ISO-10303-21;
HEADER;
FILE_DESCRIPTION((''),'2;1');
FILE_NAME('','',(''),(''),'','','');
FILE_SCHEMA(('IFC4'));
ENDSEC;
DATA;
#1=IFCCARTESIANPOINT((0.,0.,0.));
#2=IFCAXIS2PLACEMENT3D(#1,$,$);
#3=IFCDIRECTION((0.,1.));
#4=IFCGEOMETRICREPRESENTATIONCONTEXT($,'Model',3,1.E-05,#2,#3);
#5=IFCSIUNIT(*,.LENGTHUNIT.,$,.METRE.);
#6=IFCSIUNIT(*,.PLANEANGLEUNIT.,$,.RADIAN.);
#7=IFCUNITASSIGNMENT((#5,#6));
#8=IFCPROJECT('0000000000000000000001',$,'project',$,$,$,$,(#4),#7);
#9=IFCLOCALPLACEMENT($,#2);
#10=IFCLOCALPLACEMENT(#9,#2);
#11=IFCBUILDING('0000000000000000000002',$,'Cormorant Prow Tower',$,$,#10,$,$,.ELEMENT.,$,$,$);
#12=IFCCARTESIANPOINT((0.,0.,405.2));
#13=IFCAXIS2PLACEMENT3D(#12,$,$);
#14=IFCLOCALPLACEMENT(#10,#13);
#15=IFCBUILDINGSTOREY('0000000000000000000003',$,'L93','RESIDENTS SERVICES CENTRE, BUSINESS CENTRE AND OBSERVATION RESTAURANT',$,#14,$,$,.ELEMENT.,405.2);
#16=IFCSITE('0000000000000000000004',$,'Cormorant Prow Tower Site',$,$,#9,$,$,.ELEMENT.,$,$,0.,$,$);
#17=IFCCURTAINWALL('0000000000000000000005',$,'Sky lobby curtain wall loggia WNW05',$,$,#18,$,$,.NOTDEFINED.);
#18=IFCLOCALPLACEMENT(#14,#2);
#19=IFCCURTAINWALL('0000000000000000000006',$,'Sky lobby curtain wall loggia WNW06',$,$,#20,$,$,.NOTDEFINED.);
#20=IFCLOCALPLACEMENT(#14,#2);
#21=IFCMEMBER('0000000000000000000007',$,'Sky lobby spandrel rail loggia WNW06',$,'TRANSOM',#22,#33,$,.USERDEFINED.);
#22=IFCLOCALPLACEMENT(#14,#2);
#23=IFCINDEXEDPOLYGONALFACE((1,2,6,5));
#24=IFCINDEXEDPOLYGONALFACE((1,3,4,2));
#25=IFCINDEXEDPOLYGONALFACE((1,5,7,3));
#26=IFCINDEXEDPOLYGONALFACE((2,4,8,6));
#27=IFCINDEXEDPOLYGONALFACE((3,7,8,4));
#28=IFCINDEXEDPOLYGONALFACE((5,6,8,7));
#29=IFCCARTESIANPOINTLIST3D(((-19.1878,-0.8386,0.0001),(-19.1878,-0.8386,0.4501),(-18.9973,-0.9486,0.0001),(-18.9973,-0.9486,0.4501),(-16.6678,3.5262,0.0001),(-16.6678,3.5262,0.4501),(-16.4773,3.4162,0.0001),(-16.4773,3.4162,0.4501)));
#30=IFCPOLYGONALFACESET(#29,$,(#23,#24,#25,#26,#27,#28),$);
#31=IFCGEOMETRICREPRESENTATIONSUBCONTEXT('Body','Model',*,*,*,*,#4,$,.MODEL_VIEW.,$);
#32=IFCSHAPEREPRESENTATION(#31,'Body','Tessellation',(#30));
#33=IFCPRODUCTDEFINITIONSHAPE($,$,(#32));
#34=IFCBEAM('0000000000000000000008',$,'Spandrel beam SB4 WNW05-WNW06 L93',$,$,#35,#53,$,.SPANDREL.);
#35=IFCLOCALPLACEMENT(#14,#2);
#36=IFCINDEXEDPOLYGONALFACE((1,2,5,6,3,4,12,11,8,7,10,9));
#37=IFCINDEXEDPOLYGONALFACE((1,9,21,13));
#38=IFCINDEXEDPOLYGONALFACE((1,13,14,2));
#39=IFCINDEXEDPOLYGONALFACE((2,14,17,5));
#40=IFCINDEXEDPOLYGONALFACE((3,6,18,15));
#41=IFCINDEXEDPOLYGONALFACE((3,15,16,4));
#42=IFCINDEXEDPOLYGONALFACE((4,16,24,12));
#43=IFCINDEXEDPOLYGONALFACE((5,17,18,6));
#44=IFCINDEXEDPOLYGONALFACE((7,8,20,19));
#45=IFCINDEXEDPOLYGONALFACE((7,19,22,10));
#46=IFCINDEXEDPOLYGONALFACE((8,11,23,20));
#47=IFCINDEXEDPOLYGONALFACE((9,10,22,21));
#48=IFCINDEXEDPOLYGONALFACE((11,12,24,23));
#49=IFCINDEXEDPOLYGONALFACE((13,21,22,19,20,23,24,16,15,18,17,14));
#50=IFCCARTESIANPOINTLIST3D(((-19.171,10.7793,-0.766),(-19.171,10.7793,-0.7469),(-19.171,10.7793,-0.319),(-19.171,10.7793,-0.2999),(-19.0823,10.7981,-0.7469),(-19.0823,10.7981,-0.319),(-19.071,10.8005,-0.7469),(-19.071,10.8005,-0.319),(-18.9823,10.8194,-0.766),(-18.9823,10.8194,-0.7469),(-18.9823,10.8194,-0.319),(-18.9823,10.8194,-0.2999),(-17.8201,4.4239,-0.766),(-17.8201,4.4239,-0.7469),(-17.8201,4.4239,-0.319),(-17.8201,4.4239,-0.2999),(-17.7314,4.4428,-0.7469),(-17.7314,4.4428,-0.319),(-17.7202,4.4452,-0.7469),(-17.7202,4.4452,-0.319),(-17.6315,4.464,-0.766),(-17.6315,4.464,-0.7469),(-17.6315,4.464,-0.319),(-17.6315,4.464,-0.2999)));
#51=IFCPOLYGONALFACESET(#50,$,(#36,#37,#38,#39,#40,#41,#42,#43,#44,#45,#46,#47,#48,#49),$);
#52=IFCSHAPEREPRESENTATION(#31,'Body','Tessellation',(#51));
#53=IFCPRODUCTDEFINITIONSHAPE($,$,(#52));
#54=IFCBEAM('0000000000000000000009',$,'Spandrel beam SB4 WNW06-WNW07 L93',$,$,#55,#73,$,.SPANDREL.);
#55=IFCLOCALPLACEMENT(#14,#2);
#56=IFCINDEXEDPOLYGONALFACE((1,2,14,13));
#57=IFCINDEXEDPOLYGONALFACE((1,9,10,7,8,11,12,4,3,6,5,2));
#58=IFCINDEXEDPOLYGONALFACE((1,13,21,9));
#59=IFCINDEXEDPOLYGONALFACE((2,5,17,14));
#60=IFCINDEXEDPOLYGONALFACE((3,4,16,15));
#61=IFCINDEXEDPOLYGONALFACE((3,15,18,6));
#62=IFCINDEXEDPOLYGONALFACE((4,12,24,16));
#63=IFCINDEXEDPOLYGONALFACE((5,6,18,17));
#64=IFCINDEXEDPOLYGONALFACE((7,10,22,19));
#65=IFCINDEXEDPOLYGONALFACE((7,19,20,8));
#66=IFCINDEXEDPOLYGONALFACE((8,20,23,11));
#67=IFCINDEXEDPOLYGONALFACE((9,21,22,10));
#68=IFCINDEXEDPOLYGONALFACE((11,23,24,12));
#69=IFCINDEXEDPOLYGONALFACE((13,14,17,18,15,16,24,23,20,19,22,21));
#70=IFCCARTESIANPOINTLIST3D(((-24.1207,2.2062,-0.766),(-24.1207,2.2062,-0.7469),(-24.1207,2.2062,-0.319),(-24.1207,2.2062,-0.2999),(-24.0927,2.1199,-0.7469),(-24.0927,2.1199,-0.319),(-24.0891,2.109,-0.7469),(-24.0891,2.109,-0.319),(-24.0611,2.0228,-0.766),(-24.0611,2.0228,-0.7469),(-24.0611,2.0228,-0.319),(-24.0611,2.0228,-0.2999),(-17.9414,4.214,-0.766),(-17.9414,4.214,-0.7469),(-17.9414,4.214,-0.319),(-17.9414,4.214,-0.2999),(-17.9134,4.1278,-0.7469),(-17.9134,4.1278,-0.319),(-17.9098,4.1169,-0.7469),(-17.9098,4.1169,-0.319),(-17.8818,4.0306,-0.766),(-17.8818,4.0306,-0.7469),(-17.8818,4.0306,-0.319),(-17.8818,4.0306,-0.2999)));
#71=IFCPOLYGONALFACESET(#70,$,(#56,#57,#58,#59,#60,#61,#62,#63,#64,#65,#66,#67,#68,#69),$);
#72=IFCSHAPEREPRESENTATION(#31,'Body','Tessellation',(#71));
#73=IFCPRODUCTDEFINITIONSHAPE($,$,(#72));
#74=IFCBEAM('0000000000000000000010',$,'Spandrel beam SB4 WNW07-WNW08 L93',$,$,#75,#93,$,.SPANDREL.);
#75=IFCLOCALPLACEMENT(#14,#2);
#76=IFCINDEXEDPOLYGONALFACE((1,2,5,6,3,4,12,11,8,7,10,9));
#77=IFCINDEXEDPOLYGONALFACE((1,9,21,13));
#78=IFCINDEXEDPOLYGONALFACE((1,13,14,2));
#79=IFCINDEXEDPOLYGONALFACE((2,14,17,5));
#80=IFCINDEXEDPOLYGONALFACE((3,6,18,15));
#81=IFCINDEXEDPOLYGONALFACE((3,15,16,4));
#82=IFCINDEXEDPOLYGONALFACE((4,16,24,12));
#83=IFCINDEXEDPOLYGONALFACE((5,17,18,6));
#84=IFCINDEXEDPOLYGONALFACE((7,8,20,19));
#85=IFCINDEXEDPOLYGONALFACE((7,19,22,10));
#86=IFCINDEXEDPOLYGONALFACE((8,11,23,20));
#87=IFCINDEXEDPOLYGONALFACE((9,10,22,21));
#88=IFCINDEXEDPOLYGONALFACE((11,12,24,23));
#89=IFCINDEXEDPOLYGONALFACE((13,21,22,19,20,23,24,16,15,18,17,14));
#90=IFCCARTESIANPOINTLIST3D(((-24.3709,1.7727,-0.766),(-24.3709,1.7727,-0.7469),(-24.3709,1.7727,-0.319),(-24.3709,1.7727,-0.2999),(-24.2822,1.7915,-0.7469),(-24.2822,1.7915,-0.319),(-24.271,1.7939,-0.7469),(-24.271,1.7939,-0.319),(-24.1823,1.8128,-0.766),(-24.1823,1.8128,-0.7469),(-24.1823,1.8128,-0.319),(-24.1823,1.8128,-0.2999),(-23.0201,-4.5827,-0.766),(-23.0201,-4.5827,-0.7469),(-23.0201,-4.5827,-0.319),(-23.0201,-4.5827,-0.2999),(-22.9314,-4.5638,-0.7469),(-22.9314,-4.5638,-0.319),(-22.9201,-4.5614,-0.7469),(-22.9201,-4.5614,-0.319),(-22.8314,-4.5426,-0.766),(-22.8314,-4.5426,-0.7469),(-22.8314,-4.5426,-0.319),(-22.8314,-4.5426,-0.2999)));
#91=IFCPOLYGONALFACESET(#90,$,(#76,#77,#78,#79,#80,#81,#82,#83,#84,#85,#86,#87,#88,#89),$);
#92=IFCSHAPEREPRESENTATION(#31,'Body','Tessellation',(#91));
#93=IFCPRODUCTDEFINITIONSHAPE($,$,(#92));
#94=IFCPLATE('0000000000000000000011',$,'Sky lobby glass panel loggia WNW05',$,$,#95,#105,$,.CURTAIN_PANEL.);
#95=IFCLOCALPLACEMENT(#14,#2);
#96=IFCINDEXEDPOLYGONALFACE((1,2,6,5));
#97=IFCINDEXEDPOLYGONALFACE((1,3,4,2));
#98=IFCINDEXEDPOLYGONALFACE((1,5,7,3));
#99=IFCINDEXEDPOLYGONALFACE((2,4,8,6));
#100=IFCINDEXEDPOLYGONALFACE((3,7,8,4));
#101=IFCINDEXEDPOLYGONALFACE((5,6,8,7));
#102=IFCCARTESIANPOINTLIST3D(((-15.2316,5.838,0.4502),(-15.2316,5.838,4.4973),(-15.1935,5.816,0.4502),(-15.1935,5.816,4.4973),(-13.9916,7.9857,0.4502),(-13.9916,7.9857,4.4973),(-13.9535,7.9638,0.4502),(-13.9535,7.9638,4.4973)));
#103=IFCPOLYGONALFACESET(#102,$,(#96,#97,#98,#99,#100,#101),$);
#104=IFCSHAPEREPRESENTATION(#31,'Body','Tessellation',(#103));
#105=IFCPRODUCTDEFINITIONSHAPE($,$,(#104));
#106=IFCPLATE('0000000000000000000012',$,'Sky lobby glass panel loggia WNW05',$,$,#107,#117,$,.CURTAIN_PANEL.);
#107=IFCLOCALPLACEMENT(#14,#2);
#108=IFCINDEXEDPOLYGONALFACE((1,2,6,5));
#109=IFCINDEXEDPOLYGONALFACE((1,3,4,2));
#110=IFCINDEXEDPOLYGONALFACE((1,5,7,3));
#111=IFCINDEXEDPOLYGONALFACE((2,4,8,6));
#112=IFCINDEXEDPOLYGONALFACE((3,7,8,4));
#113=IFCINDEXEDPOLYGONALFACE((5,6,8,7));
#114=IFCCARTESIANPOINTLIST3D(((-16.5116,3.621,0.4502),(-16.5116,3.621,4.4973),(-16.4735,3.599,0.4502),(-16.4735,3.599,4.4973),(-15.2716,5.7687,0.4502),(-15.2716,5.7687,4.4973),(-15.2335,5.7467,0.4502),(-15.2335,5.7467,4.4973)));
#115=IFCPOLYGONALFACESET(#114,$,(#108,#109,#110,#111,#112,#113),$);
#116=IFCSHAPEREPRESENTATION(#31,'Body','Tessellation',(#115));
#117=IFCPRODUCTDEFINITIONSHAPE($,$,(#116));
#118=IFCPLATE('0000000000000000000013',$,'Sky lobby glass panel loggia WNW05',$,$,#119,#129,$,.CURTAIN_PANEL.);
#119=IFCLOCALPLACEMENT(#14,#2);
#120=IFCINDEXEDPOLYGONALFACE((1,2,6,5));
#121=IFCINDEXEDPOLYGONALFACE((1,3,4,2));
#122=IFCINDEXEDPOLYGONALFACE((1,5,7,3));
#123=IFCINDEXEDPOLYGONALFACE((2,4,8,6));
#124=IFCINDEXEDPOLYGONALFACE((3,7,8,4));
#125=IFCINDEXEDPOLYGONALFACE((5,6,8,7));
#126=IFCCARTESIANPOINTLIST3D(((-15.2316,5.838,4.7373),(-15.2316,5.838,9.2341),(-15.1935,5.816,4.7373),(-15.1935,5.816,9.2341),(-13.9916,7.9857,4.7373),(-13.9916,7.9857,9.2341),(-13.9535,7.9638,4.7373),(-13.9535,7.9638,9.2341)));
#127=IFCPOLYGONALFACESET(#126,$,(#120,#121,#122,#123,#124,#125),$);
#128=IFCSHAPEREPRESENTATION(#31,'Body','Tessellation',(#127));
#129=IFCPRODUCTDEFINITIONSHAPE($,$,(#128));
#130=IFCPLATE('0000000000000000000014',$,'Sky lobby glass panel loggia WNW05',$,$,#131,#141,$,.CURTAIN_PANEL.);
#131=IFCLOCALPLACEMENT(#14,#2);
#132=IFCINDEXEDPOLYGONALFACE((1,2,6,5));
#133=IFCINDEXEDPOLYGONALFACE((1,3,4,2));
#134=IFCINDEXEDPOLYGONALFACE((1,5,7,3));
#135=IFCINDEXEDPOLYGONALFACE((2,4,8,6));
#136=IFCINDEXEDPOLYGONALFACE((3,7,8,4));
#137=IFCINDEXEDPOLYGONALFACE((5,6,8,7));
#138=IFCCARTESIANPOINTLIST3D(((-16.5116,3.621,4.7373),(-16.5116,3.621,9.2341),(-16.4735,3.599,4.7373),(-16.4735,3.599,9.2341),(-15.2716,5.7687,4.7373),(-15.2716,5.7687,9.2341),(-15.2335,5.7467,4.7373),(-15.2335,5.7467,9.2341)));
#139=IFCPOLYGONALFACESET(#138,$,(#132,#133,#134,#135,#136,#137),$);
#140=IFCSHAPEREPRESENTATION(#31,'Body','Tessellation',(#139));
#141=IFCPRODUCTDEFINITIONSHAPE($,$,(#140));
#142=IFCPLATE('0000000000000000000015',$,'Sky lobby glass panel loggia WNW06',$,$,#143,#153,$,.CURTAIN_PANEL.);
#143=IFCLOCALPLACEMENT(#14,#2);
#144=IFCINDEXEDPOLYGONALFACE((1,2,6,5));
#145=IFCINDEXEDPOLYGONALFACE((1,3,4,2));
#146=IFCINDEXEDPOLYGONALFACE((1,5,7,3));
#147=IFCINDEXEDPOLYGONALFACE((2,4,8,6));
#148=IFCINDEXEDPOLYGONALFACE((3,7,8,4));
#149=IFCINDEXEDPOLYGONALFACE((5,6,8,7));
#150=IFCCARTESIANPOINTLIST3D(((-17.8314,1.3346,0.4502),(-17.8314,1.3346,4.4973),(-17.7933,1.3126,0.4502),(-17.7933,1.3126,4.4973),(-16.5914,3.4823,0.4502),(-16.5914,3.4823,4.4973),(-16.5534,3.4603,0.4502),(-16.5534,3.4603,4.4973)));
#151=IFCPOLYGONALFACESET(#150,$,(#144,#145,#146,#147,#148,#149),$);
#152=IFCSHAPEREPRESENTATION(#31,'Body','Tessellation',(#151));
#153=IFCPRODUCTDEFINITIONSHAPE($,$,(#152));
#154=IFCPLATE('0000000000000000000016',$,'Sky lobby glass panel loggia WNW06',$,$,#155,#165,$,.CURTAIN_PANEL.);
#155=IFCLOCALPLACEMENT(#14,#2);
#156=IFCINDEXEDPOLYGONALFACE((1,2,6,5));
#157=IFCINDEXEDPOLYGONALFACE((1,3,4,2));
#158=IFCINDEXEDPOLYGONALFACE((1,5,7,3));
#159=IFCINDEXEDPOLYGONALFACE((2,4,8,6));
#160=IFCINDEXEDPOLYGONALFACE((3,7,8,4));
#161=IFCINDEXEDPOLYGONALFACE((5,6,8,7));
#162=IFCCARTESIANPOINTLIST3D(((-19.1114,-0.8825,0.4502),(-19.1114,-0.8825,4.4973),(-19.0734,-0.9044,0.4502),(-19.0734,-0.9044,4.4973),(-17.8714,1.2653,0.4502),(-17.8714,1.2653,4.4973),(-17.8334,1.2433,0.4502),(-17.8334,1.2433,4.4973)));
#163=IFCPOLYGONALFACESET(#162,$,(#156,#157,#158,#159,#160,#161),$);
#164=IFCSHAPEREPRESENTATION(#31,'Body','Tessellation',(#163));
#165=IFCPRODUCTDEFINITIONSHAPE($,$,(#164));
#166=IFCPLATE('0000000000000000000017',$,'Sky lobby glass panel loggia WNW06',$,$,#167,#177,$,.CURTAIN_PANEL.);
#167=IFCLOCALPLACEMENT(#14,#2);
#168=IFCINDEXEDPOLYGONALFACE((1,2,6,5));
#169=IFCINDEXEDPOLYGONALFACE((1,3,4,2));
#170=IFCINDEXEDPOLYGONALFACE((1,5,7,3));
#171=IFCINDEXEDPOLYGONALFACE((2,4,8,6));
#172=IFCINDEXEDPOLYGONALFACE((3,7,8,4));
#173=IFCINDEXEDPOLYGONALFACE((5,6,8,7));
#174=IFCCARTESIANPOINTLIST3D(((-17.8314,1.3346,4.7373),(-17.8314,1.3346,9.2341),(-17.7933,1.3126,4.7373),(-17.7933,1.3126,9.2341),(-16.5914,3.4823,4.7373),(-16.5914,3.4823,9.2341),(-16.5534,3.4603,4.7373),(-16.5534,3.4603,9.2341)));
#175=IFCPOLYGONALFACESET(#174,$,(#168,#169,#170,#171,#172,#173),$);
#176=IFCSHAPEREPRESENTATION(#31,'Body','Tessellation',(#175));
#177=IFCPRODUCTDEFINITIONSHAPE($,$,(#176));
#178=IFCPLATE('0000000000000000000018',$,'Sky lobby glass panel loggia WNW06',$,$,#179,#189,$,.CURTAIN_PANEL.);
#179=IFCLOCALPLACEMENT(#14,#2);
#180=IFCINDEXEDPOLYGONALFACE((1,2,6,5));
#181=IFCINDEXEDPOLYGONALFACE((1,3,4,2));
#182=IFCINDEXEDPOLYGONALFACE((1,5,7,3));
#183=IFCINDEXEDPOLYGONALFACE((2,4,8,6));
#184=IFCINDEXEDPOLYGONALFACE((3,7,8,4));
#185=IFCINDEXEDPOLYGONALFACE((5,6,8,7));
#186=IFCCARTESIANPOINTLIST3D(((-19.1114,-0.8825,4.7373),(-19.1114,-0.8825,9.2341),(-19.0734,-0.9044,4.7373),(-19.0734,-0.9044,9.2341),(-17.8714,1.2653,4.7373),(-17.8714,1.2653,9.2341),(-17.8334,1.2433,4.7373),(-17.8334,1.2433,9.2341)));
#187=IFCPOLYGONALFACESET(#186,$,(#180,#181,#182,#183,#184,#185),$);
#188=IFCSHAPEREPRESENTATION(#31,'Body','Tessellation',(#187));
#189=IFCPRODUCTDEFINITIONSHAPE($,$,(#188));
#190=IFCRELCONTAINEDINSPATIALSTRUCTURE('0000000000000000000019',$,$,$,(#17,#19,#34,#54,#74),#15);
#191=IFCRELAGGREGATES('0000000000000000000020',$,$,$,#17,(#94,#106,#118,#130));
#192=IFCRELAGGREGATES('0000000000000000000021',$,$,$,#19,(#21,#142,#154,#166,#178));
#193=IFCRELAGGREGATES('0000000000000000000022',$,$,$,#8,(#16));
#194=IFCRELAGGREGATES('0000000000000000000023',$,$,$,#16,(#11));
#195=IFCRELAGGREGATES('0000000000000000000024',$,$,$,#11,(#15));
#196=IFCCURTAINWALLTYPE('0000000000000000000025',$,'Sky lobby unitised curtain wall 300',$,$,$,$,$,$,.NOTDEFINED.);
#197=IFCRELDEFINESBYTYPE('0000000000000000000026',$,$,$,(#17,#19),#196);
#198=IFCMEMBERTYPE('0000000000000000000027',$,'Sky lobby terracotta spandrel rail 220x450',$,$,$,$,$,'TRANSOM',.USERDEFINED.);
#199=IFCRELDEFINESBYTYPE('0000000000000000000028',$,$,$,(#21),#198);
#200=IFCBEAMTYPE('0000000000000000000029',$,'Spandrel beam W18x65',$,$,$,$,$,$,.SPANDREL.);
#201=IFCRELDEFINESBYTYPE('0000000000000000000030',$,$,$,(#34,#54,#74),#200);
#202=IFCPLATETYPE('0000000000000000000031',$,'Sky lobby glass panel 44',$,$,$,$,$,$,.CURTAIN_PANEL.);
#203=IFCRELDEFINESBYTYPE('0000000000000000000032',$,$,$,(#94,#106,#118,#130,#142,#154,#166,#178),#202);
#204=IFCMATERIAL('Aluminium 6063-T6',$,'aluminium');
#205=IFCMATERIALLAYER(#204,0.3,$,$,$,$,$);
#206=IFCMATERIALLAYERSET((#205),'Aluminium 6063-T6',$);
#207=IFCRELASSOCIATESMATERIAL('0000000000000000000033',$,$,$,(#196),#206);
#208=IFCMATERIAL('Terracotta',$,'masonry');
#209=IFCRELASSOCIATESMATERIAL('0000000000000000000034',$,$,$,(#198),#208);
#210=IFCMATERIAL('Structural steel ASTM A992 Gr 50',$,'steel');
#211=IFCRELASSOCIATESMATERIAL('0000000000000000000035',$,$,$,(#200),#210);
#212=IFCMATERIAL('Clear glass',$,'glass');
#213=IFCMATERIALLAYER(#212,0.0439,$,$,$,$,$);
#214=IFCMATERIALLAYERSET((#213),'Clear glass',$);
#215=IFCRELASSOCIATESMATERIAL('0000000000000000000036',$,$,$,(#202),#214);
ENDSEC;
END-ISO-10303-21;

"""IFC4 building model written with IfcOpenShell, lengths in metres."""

from ifc_helpers import new_model, si_unit, direction, frame, origin, origin_2d, place, context, subcontext, project, spatial, rectangle, i_section, extrude, material, layer, layer_set, material_profile, profile_set, type_object, element, aggregate, save


model = new_model("IFC4")

# Units and contexts
model_context = context("Model", 3, precision=1e-05, world=origin(), true_north=direction((0.0, 1.0)))
body_context = subcontext(model_context, "Body", "Model", "MODEL_VIEW")
ifc_project = project(units=[si_unit("LENGTHUNIT", "METRE"), si_unit("PLANEANGLEUNIT", "RADIAN")], contexts=[model_context])

# Site, building, storey
site_placement = place(None, origin())
site = spatial("IfcSite", under=ifc_project, at=site_placement, Name="Cormorant Prow Tower Site", CompositionType="ELEMENT", RefElevation=0.0)
building_placement = place(site_placement, origin())
building = spatial("IfcBuilding", under=site, at=building_placement, Name="Cormorant Prow Tower", CompositionType="ELEMENT")
storey_placement = place(building_placement, frame((0.0, 0.0, 405.2)))
storey = spatial("IfcBuildingStorey", under=building, at=storey_placement, Name="L93", Description="RESIDENTS SERVICES CENTRE, BUSINESS CENTRE AND OBSERVATION RESTAURANT", CompositionType="ELEMENT", Elevation=405.2)

# Curtain walls
ifc_material_1 = material(Name="Aluminium 6063-T6", Category="aluminium")
ifc_layer_1 = layer(ifc_material_1, 0.3)
ifc_layer_set_1 = layer_set([ifc_layer_1], Name="Aluminium 6063-T6")
curtain_wall_type = type_object("IfcCurtainWallType", Name="Sky lobby unitised curtain wall 300", PredefinedType="NOTDEFINED", material=ifc_layer_set_1)
curtain_wall_1_placement = place(storey_placement, origin())
curtain_wall_1 = element("IfcCurtainWall", 1, at=curtain_wall_1_placement, inside=storey, type_object=curtain_wall_type, Name="Sky lobby curtain wall loggia WNW05", PredefinedType="NOTDEFINED")
curtain_wall_2_placement = place(storey_placement, origin())
curtain_wall_2 = element("IfcCurtainWall", 2, at=curtain_wall_2_placement, inside=storey, type_object=curtain_wall_type, Name="Sky lobby curtain wall loggia WNW06", PredefinedType="NOTDEFINED")

# Member
ifc_material_2 = material(Name="Terracotta", Category="masonry")
ifc_material_profile_1 = material_profile(ifc_material_2, rectangle(XDim=0.22, YDim=0.45, at=origin_2d()), Name="Sky lobby terracotta spandrel rail 220x450")
ifc_profile_set_1 = profile_set([ifc_material_profile_1], Name="Terracotta")
member_type_1 = type_object("IfcMemberType", Name="Sky lobby terracotta spandrel rail 220x450", ElementType="TRANSOM", PredefinedType="USERDEFINED", material=ifc_profile_set_1)
member_1_placement = place(storey_placement, frame((-16.5725, 3.4712, 0.2251), z_axis=(-0.500005, -0.866023, 0.0), x_axis=(0.866023, -0.500005, 0.0)))
member_1 = element("IfcMember", 3, at=member_1_placement, type_object=member_type_1, Name="Sky lobby spandrel rail loggia WNW06", ObjectType="TRANSOM", PredefinedType="USERDEFINED", context=body_context, shape_type="SweptSolid", body=[
    extrude(rectangle(XDim=0.22, YDim=0.45, at=origin_2d()), origin(), (0.0, 0.0, 1.0), 5.04),
])

# Beams
ifc_material_3 = material(Name="Structural steel ASTM A992 Gr 50", Category="steel")
ifc_material_profile_2 = material_profile(ifc_material_3, i_section(OverallWidth=0.1929, OverallDepth=0.4661, WebThickness=0.0115, FlangeThickness=0.019, at=origin_2d()), Name="W18x65")
ifc_profile_set_2 = profile_set([ifc_material_profile_2], Name="Structural steel ASTM A992 Gr 50")
beam_type = type_object("IfcBeamType", Name="Spandrel beam W18x65", PredefinedType="SPANDREL", material=ifc_profile_set_2)
for number, where, z_axis, x_axis, name in (
    (4, (-19.0767, 10.7993, -0.533), (0.20791, -0.978148, 0.0), (0.978148, 0.20791, 0.0), "Spandrel beam SB4 WNW05-WNW06 L93"),
    (5, (-17.9116, 4.1223, -0.533), (-0.951053, -0.309027, 0.0), (0.309027, -0.951053, 0.0), "Spandrel beam SB4 WNW06-WNW07 L93"),
    (6, (-24.2766, 1.7927, -0.533), (0.20791, -0.978148, 0.0), (0.978148, 0.20791, 0.0), "Spandrel beam SB4 WNW07-WNW08 L93"),
):
    element("IfcBeam", number, at=place(storey_placement, frame(where, z_axis=z_axis, x_axis=x_axis)), inside=storey, type_object=beam_type, Name=name, PredefinedType="SPANDREL", context=body_context, shape_type="SweptSolid", body=[
        extrude(i_section(OverallWidth=0.1929, OverallDepth=0.4661, WebThickness=0.0115, FlangeThickness=0.019, at=origin_2d()), origin(), (0.0, 0.0, 1.0), 6.4973),
    ])

# Plates
ifc_material_4 = material(Name="Clear glass", Category="glass")
ifc_layer_2 = layer(ifc_material_4, 0.0439)
ifc_layer_set_2 = layer_set([ifc_layer_2], Name="Clear glass")
plate_type = type_object("IfcPlateType", Name="Sky lobby glass panel 44", PredefinedType="CURTAIN_PANEL", material=ifc_layer_set_2)
plate_1_placement = place(storey_placement, frame((-14.5925, 6.9009, 0.4502), z_axis=(0.0, 0.0, 1.0), x_axis=(-0.5, -0.866025, 0.0)))
plate_1 = element("IfcPlate", 7, at=plate_1_placement, type_object=plate_type, Name="Sky lobby glass panel loggia WNW05", PredefinedType="CURTAIN_PANEL", context=body_context, shape_type="SweptSolid", body=[
    extrude(rectangle(XDim=2.48, YDim=0.0439, at=origin_2d()), origin(), (0.0, 0.0, 1.0), 4.0471),
])
plate_2_placement = place(storey_placement, frame((-15.8726, 4.6838, 0.4502), z_axis=(0.0, 0.0, 1.0), x_axis=(-0.5, -0.866025, 0.0)))
plate_2 = element("IfcPlate", 8, at=plate_2_placement, type_object=plate_type, Name="Sky lobby glass panel loggia WNW05", PredefinedType="CURTAIN_PANEL", context=body_context, shape_type="SweptSolid", body=[
    extrude(rectangle(XDim=2.48, YDim=0.0439, at=origin_2d()), origin(), (0.0, 0.0, 1.0), 4.0471),
])
plate_3_placement = place(storey_placement, frame((-14.5925, 6.9009, 4.7373), z_axis=(0.0, 0.0, 1.0), x_axis=(-0.5, -0.866025, 0.0)))
plate_3 = element("IfcPlate", 9, at=plate_3_placement, type_object=plate_type, Name="Sky lobby glass panel loggia WNW05", PredefinedType="CURTAIN_PANEL", context=body_context, shape_type="SweptSolid", body=[
    extrude(rectangle(XDim=2.48, YDim=0.0439, at=origin_2d()), origin(), (0.0, 0.0, 1.0), 4.4968),
])
plate_4_placement = place(storey_placement, frame((-15.8726, 4.6838, 4.7373), z_axis=(0.0, 0.0, 1.0), x_axis=(-0.5, -0.866025, 0.0)))
plate_4 = element("IfcPlate", 10, at=plate_4_placement, type_object=plate_type, Name="Sky lobby glass panel loggia WNW05", PredefinedType="CURTAIN_PANEL", context=body_context, shape_type="SweptSolid", body=[
    extrude(rectangle(XDim=2.48, YDim=0.0439, at=origin_2d()), origin(), (0.0, 0.0, 1.0), 4.4968),
])
aggregate(curtain_wall_1, [plate_1, plate_2, plate_3, plate_4])
plate_5_placement = place(storey_placement, frame((-17.1924, 2.3975, 0.4502), z_axis=(0.0, 0.0, 1.0), x_axis=(-0.5, -0.866025, 0.0)))
plate_5 = element("IfcPlate", 11, at=plate_5_placement, type_object=plate_type, Name="Sky lobby glass panel loggia WNW06", PredefinedType="CURTAIN_PANEL", context=body_context, shape_type="SweptSolid", body=[
    extrude(rectangle(XDim=2.48, YDim=0.0439, at=origin_2d()), origin(), (0.0, 0.0, 1.0), 4.0471),
])
plate_6_placement = place(storey_placement, frame((-18.4724, 0.1804, 0.4502), z_axis=(0.0, 0.0, 1.0), x_axis=(-0.5, -0.866025, 0.0)))
plate_6 = element("IfcPlate", 12, at=plate_6_placement, type_object=plate_type, Name="Sky lobby glass panel loggia WNW06", PredefinedType="CURTAIN_PANEL", context=body_context, shape_type="SweptSolid", body=[
    extrude(rectangle(XDim=2.48, YDim=0.0439, at=origin_2d()), origin(), (0.0, 0.0, 1.0), 4.0471),
])
plate_7_placement = place(storey_placement, frame((-17.1924, 2.3975, 4.7373), z_axis=(0.0, 0.0, 1.0), x_axis=(-0.5, -0.866025, 0.0)))
plate_7 = element("IfcPlate", 13, at=plate_7_placement, type_object=plate_type, Name="Sky lobby glass panel loggia WNW06", PredefinedType="CURTAIN_PANEL", context=body_context, shape_type="SweptSolid", body=[
    extrude(rectangle(XDim=2.48, YDim=0.0439, at=origin_2d()), origin(), (0.0, 0.0, 1.0), 4.4968),
])
plate_8_placement = place(storey_placement, frame((-18.4724, 0.1804, 4.7373), z_axis=(0.0, 0.0, 1.0), x_axis=(-0.5, -0.866025, 0.0)))
plate_8 = element("IfcPlate", 14, at=plate_8_placement, type_object=plate_type, Name="Sky lobby glass panel loggia WNW06", PredefinedType="CURTAIN_PANEL", context=body_context, shape_type="SweptSolid", body=[
    extrude(rectangle(XDim=2.48, YDim=0.0439, at=origin_2d()), origin(), (0.0, 0.0, 1.0), 4.4968),
])
aggregate(curtain_wall_2, [member_1, plate_5, plate_6, plate_7, plate_8])

save(model, "model.ifc")
